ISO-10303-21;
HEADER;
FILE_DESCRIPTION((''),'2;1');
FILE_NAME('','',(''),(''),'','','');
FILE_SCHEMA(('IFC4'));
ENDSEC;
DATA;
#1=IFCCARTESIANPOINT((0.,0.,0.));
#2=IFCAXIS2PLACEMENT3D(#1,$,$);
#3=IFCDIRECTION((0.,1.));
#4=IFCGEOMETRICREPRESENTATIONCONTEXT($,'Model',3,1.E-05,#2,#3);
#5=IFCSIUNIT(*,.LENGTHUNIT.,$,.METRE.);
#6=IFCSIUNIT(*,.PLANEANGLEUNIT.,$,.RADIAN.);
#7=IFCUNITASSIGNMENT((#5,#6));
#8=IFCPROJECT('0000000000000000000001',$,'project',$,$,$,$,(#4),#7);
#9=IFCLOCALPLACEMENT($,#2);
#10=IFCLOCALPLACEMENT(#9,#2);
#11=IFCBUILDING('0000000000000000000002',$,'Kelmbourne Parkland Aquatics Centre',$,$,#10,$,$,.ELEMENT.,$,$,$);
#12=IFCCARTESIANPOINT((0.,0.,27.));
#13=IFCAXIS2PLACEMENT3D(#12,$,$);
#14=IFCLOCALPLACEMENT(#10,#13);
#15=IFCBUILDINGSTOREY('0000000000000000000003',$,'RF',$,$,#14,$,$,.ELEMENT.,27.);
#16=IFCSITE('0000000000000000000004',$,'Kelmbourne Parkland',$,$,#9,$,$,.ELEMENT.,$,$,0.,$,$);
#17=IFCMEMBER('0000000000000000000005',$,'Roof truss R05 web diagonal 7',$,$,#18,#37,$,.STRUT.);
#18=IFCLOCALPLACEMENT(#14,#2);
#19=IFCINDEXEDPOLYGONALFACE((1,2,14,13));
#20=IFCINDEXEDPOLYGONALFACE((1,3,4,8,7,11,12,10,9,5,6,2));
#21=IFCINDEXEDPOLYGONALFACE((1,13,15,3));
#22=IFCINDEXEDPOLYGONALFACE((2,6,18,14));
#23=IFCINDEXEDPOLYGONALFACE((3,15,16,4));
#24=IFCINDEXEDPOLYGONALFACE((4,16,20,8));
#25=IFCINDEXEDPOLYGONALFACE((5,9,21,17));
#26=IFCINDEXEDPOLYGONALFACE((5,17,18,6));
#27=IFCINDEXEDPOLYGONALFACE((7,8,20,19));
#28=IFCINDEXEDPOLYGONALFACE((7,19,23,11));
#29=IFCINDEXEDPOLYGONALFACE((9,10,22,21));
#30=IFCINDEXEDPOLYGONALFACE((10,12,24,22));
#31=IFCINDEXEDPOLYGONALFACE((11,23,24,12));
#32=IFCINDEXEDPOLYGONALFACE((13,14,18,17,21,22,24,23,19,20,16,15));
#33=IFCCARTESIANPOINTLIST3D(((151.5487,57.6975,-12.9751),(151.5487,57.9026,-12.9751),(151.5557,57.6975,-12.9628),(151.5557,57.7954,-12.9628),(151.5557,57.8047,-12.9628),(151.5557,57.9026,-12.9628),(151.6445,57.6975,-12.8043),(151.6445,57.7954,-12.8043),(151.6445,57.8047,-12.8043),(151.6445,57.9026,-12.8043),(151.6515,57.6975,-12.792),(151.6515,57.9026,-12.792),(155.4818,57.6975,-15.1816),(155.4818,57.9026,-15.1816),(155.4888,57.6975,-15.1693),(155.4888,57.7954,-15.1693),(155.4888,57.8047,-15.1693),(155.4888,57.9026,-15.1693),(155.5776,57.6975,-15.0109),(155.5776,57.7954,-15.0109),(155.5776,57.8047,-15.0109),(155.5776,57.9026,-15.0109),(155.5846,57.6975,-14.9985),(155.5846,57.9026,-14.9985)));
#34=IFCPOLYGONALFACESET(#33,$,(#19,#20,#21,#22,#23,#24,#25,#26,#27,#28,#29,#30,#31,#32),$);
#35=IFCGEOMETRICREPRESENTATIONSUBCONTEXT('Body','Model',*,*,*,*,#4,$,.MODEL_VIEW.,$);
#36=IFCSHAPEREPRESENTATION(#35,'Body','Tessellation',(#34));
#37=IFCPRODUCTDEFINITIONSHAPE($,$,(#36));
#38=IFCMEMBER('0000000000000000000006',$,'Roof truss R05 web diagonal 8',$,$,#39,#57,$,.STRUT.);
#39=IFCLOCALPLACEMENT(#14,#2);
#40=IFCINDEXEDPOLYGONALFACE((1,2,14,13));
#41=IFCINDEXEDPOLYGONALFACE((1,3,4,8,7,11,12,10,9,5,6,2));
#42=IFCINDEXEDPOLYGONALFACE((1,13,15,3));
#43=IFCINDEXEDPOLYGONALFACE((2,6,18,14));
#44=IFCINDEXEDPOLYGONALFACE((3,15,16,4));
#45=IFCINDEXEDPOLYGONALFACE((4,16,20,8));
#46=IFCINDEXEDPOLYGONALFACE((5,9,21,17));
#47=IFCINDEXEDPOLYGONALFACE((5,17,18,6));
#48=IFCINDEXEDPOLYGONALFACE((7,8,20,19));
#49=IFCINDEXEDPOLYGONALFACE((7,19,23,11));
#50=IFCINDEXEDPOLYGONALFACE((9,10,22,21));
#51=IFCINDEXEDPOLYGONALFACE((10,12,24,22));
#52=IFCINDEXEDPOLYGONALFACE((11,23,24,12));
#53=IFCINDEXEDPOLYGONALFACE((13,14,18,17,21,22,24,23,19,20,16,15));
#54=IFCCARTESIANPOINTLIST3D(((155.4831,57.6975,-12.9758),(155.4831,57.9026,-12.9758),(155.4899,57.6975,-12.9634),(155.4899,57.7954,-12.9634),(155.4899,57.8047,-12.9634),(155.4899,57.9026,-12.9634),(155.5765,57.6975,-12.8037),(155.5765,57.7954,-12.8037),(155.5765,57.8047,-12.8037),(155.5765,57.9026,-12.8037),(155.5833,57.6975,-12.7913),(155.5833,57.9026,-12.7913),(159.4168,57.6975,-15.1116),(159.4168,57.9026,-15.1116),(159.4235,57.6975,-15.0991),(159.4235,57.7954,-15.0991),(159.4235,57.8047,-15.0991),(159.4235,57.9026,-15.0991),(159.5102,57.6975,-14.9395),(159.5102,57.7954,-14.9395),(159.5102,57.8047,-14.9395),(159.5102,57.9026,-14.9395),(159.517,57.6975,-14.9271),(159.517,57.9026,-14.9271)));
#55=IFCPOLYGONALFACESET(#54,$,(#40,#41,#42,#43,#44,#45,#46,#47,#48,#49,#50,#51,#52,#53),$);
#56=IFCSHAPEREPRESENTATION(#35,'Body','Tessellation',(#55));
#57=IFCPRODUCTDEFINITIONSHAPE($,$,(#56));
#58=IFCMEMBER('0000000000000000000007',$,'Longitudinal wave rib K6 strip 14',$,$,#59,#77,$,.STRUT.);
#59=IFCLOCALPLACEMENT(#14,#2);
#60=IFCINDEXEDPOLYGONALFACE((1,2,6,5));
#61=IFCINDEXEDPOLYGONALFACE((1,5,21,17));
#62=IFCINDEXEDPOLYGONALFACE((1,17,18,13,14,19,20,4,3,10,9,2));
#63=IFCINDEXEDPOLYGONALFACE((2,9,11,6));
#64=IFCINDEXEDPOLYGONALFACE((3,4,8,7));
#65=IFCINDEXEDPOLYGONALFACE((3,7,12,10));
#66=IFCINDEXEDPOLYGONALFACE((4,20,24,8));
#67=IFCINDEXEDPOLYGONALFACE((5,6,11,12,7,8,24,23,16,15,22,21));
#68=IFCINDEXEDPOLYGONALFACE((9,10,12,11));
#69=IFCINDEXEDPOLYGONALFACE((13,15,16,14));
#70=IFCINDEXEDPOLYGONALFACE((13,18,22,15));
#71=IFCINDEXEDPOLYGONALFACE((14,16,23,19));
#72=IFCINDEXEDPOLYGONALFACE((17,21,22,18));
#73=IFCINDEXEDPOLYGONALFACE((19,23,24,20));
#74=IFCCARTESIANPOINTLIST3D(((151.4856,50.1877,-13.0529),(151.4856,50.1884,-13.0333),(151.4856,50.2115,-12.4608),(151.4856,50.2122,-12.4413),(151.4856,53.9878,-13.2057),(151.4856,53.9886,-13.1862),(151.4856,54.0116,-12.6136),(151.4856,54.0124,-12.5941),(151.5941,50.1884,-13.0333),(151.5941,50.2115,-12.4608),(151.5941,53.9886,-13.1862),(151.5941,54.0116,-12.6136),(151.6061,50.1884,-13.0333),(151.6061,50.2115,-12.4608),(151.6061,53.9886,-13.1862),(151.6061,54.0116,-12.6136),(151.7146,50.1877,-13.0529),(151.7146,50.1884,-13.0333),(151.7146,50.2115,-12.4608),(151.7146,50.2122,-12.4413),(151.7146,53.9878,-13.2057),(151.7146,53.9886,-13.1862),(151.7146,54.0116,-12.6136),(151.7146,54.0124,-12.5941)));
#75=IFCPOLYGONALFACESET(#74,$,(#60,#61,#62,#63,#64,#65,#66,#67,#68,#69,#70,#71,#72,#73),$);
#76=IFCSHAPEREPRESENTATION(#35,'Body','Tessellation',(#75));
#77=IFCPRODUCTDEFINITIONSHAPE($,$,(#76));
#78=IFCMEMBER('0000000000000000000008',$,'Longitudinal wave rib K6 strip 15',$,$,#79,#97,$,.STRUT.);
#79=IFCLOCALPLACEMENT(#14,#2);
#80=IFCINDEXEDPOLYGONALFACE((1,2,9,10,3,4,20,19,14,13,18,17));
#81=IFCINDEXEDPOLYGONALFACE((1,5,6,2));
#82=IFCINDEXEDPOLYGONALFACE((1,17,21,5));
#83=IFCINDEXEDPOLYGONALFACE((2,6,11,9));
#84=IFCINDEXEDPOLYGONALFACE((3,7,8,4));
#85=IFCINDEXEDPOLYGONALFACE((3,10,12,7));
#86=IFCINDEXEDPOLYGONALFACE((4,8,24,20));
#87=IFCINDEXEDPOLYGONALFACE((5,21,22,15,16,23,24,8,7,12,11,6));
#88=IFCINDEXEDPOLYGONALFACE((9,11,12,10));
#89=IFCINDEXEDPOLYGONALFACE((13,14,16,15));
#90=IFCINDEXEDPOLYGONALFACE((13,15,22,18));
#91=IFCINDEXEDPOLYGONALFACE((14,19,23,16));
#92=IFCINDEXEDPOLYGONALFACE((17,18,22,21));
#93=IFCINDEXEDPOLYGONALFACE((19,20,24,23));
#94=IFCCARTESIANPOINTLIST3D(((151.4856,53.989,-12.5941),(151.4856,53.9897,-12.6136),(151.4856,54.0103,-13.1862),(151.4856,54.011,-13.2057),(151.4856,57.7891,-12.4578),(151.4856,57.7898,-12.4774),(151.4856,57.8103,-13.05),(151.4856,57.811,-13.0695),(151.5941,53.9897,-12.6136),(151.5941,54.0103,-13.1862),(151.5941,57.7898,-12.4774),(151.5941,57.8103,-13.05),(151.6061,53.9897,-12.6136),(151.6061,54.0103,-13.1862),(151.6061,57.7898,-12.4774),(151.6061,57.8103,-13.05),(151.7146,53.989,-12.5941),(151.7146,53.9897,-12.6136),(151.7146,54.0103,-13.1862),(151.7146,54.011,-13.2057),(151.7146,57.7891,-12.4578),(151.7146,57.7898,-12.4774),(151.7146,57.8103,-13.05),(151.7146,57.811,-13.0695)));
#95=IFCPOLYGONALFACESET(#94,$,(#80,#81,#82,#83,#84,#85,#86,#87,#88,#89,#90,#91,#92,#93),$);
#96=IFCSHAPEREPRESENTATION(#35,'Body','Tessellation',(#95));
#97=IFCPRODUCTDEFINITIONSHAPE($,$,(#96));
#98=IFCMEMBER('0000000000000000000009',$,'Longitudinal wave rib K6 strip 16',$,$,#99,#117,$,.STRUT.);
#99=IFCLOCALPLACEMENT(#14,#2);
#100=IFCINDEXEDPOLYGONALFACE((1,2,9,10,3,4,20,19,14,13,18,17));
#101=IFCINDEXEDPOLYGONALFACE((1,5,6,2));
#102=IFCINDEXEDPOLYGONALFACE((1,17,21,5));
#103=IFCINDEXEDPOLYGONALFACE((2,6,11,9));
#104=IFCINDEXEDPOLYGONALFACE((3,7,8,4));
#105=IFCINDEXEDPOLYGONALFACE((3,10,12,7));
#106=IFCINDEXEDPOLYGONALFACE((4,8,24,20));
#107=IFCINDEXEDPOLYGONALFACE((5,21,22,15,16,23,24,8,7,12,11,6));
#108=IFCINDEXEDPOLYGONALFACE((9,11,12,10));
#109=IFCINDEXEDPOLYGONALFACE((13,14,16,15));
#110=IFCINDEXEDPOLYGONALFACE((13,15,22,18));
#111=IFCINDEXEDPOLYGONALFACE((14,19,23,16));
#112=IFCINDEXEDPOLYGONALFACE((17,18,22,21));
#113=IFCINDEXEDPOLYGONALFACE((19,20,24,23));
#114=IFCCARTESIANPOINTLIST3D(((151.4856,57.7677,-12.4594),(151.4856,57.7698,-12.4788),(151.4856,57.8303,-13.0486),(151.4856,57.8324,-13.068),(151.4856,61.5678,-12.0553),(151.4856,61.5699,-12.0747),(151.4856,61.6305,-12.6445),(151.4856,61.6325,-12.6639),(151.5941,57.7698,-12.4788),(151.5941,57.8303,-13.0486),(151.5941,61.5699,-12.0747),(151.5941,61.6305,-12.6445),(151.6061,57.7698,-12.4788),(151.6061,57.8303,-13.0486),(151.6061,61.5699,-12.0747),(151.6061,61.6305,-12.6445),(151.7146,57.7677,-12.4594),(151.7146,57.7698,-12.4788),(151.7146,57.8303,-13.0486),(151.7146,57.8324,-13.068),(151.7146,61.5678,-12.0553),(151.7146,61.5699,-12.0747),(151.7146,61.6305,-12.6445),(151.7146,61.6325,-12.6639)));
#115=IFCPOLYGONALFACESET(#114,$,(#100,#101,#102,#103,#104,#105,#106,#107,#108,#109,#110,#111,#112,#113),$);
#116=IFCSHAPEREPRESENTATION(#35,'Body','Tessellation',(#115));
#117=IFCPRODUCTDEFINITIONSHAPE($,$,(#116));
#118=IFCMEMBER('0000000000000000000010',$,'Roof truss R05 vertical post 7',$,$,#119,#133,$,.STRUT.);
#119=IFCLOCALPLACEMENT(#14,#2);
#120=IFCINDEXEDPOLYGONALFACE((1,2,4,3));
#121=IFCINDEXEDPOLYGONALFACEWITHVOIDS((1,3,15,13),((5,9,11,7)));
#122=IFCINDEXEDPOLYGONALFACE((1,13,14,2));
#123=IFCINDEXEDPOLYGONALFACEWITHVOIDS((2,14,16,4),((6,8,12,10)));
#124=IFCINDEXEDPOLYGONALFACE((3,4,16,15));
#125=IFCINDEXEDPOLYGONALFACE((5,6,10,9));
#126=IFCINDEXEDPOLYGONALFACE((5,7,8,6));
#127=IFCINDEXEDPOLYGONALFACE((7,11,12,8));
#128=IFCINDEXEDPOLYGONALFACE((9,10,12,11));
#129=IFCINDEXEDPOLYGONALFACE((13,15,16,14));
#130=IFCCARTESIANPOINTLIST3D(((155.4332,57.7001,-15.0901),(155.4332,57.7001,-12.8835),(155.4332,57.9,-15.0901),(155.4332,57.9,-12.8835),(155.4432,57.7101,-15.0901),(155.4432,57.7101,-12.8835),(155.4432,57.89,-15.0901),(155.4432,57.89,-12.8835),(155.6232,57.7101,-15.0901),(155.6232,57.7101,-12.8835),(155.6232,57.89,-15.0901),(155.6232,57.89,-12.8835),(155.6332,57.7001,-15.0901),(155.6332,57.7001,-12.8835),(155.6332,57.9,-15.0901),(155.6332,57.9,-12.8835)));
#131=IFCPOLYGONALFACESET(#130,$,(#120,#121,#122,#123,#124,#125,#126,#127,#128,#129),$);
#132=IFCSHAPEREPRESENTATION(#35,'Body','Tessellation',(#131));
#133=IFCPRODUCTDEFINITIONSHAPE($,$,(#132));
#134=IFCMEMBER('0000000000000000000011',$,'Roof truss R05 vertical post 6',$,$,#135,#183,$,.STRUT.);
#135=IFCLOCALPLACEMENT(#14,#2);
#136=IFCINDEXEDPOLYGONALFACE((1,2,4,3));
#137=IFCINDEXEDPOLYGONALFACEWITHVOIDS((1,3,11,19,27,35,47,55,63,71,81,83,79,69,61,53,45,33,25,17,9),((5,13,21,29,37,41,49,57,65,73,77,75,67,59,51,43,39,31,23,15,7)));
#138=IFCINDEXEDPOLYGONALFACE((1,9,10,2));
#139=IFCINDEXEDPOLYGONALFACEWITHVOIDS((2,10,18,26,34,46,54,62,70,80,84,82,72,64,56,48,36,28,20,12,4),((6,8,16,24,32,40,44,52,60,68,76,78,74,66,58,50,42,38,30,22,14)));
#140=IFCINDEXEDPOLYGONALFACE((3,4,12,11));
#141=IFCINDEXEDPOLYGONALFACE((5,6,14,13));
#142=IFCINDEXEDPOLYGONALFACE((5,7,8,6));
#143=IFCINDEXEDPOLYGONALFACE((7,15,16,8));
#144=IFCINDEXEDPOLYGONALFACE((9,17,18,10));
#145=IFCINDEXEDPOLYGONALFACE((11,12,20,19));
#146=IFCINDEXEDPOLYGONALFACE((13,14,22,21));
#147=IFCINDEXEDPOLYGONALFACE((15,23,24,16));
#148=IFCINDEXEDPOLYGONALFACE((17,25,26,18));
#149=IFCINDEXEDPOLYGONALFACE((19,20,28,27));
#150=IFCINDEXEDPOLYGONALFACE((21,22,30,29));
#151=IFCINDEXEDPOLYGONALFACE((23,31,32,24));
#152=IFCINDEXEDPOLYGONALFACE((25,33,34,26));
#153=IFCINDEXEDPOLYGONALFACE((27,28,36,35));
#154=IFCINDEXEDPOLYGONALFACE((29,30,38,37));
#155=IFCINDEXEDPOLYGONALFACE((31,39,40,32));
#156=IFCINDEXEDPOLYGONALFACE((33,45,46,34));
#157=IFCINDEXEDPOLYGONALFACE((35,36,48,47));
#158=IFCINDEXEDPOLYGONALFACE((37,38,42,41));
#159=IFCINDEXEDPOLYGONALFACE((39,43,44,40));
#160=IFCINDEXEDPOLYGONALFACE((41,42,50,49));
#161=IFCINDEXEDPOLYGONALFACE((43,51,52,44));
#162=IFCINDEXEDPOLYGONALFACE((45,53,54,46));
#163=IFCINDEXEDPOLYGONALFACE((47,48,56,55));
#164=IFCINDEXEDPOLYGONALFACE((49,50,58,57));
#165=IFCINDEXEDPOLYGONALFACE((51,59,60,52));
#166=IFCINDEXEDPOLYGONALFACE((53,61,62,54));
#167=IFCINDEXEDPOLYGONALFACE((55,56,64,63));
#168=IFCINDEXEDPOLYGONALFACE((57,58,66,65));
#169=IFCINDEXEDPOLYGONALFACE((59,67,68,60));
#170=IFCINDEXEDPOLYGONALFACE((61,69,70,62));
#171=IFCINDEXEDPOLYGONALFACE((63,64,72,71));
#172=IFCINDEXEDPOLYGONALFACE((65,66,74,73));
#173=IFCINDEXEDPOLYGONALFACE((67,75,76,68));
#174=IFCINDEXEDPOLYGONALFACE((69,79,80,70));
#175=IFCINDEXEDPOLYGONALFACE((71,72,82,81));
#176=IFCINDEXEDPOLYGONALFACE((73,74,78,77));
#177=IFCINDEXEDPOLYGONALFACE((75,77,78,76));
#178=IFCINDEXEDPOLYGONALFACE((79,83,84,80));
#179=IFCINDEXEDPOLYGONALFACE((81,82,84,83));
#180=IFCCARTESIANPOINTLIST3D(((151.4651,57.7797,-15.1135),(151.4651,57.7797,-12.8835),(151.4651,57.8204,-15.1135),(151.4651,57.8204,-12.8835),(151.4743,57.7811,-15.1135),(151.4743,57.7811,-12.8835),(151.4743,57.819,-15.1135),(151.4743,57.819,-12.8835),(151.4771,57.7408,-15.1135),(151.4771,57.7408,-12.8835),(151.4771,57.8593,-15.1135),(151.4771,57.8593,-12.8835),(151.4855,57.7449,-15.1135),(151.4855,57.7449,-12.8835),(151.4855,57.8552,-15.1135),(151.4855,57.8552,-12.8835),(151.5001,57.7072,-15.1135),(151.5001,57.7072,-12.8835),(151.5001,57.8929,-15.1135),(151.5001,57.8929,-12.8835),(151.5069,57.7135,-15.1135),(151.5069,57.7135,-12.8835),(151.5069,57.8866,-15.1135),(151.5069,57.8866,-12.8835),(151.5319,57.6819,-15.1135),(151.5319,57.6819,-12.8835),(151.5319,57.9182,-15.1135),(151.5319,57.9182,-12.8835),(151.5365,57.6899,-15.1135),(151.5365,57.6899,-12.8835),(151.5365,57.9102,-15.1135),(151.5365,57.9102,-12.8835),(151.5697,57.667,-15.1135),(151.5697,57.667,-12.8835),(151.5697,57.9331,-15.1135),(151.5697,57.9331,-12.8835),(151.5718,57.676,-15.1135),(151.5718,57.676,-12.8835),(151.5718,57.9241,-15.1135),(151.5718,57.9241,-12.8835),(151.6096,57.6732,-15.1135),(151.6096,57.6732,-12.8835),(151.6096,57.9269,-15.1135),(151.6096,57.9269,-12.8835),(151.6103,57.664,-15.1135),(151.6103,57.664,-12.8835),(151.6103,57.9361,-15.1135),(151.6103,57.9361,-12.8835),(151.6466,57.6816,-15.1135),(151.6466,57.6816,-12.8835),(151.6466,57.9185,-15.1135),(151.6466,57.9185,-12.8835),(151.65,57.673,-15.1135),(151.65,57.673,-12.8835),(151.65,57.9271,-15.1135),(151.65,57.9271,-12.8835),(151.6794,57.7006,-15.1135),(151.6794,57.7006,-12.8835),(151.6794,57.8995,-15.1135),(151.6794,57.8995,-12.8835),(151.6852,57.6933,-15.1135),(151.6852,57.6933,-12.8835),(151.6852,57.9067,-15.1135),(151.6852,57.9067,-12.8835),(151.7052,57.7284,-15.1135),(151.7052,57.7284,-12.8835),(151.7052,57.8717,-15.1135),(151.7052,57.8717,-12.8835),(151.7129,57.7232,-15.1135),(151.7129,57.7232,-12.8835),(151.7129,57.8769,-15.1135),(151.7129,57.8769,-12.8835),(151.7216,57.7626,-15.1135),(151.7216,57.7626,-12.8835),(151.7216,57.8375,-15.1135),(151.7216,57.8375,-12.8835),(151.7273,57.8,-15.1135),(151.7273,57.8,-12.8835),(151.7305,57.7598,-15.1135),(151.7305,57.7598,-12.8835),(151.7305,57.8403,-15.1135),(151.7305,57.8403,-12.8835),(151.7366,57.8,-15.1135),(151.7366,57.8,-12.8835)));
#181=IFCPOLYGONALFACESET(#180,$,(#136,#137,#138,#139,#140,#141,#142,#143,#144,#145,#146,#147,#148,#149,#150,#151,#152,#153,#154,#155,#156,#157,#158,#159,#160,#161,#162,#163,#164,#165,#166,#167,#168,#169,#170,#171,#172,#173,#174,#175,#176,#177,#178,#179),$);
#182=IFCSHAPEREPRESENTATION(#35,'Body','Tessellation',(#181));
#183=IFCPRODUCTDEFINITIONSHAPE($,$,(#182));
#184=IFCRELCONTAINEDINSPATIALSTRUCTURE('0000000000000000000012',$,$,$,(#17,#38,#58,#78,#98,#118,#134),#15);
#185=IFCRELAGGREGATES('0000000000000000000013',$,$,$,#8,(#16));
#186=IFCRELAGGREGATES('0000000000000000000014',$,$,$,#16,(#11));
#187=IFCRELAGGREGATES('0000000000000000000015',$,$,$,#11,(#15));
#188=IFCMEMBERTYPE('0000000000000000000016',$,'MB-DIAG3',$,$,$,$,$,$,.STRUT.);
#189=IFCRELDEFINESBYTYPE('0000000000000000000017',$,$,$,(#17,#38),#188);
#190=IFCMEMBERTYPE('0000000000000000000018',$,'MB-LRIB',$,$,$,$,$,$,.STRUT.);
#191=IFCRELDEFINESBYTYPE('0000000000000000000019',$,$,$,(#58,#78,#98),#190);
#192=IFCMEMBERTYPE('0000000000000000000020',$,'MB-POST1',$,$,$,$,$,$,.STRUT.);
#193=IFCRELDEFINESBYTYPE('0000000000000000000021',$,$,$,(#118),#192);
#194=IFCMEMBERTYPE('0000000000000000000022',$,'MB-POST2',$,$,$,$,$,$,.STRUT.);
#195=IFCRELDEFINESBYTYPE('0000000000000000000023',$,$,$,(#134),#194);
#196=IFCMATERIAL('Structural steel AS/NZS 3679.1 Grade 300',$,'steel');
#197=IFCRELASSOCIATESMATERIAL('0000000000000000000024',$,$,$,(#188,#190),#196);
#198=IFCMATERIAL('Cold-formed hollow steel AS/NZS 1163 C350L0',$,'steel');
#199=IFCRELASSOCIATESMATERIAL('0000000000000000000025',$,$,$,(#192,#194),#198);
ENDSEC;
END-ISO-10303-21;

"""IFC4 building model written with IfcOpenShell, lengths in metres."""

from ifc_helpers import new_model, si_unit, direction, frame, origin, origin_2d, place, context, subcontext, project, spatial, hollow_rectangle, hollow_circle, i_section, extrude, material, material_profile, profile_set, type_object, element, save


model = new_model("IFC4")

# Units and contexts
model_context = context("Model", 3, precision=1e-05, world=origin(), true_north=direction((0.0, 1.0)))
body_context = subcontext(model_context, "Body", "Model", "MODEL_VIEW")
ifc_project = project(units=[si_unit("LENGTHUNIT", "METRE"), si_unit("PLANEANGLEUNIT", "RADIAN")], contexts=[model_context])

# Site, building, storey
site_placement = place(None, origin())
site = spatial("IfcSite", under=ifc_project, at=site_placement, Name="Kelmbourne Parkland", CompositionType="ELEMENT", RefElevation=0.0)
building_placement = place(site_placement, origin())
building = spatial("IfcBuilding", under=site, at=building_placement, Name="Kelmbourne Parkland Aquatics Centre", CompositionType="ELEMENT")
storey_placement = place(building_placement, frame((0.0, 0.0, 27.0)))
storey = spatial("IfcBuildingStorey", under=building, at=storey_placement, Name="RF", CompositionType="ELEMENT", Elevation=27.0)

# Members
ifc_material_1 = material(Name="Structural steel AS/NZS 3679.1 Grade 300", Category="steel")
ifc_material_profile_1 = material_profile(ifc_material_1, i_section(OverallWidth=0.2051, OverallDepth=0.21, WebThickness=0.0093, FlangeThickness=0.0142, at=origin_2d()), Name="200UC59.5")
ifc_profile_set_1 = profile_set([ifc_material_profile_1], Name="Structural steel AS/NZS 3679.1 Grade 300")
member_type_1 = type_object("IfcMemberType", Name="MB-DIAG3", PredefinedType="STRUT", material=ifc_profile_set_1)
member_1_placement = place(storey_placement, frame((151.6001, 57.8, -12.8835), z_axis=(0.872127, 0.0, -0.489279), x_axis=(0.0, 1.0, 0.0)))
element("IfcMember", 1, at=member_1_placement, inside=storey, type_object=member_type_1, Name="Roof truss R05 web diagonal 7", PredefinedType="STRUT", context=body_context, shape_type="SweptSolid", body=[
    extrude(i_section(OverallWidth=0.2051, OverallDepth=0.21, WebThickness=0.0093, FlangeThickness=0.0142, at=origin_2d()), origin(), (0.0, 0.0, 1.0), 4.5098),
])
member_2_placement = place(storey_placement, frame((155.5332, 57.8, -12.8835), z_axis=(0.878819, 0.0, -0.477154), x_axis=(0.0, 1.0, 0.0)))
element("IfcMember", 2, at=member_2_placement, inside=storey, type_object=member_type_1, Name="Roof truss R05 web diagonal 8", PredefinedType="STRUT", context=body_context, shape_type="SweptSolid", body=[
    extrude(i_section(OverallWidth=0.2051, OverallDepth=0.21, WebThickness=0.0093, FlangeThickness=0.0142, at=origin_2d()), origin(), (0.0, 0.0, 1.0), 4.4761),
])
ifc_material_profile_2 = material_profile(ifc_material_1, i_section(OverallWidth=0.229, OverallDepth=0.6121, WebThickness=0.012, FlangeThickness=0.0195, at=origin_2d()), Name="610UB125")
ifc_profile_set_2 = profile_set([ifc_material_profile_2], Name="Structural steel AS/NZS 3679.1 Grade 300")
member_type_2 = type_object("IfcMemberType", Name="MB-LRIB", PredefinedType="STRUT", material=ifc_profile_set_2)
member_3_placement = place(storey_placement, frame((151.6001, 50.2, -12.7471), z_axis=(0.0, 0.999192, -0.040186), x_axis=(-1.0, 0.0, 0.0)))
element("IfcMember", 3, at=member_3_placement, inside=storey, type_object=member_type_2, Name="Longitudinal wave rib K6 strip 14", PredefinedType="STRUT", context=body_context, shape_type="SweptSolid", body=[
    extrude(i_section(OverallWidth=0.229, OverallDepth=0.6121, WebThickness=0.012, FlangeThickness=0.0195, at=origin_2d()), origin(), (0.0, 0.0, 1.0), 3.8032),
])
member_4_placement = place(storey_placement, frame((151.6001, 54.0, -12.8999), z_axis=(0.0, 0.999358, 0.035827), x_axis=(-1.0, 0.0, 0.0)))
element("IfcMember", 4, at=member_4_placement, inside=storey, type_object=member_type_2, Name="Longitudinal wave rib K6 strip 15", PredefinedType="STRUT", context=body_context, shape_type="SweptSolid", body=[
    extrude(i_section(OverallWidth=0.229, OverallDepth=0.6121, WebThickness=0.012, FlangeThickness=0.0195, at=origin_2d()), origin(), (0.0, 0.0, 1.0), 3.8025),
])
member_5_placement = place(storey_placement, frame((151.6001, 57.8, -12.7637), z_axis=(0.0, 0.994395, 0.105732), x_axis=(-1.0, 0.0, 0.0)))
element("IfcMember", 5, at=member_5_placement, inside=storey, type_object=member_type_2, Name="Longitudinal wave rib K6 strip 16", PredefinedType="STRUT", context=body_context, shape_type="SweptSolid", body=[
    extrude(i_section(OverallWidth=0.229, OverallDepth=0.6121, WebThickness=0.012, FlangeThickness=0.0195, at=origin_2d()), origin(), (0.0, 0.0, 1.0), 3.8215),
])
ifc_material_2 = material(Name="Cold-formed hollow steel AS/NZS 1163 C350L0", Category="steel")
ifc_material_profile_3 = material_profile(ifc_material_2, hollow_rectangle(XDim=0.2, YDim=0.2, WallThickness=0.01, at=origin_2d()), Name="SHS 200x200x10.0")
ifc_profile_set_3 = profile_set([ifc_material_profile_3], Name="Cold-formed hollow steel AS/NZS 1163 C350L0")
member_type_3 = type_object("IfcMemberType", Name="MB-POST1", PredefinedType="STRUT", material=ifc_profile_set_3)
member_6_placement = place(storey_placement, frame((155.5332, 57.8, -15.0901), z_axis=(0.0, 0.0, 1.0), x_axis=(1.0, 0.0, 0.0)))
element("IfcMember", 6, at=member_6_placement, inside=storey, type_object=member_type_3, Name="Roof truss R05 vertical post 7", PredefinedType="STRUT", context=body_context, shape_type="SweptSolid", body=[
    extrude(hollow_rectangle(XDim=0.2, YDim=0.2, WallThickness=0.01, at=origin_2d()), origin(), (0.0, 0.0, 1.0), 2.2065),
])
ifc_material_profile_4 = material_profile(ifc_material_2, hollow_circle(Radius=0.1365, WallThickness=0.0093, at=origin_2d()), Name="CHS 273.1x9.3")
ifc_profile_set_4 = profile_set([ifc_material_profile_4], Name="Cold-formed hollow steel AS/NZS 1163 C350L0")
member_type_4 = type_object("IfcMemberType", Name="MB-POST2", PredefinedType="STRUT", material=ifc_profile_set_4)
member_7_placement = place(storey_placement, frame((151.6001, 57.8, -15.1135), z_axis=(0.0, 0.0, 1.0), x_axis=(1.0, 0.0, 0.0)))
element("IfcMember", 7, at=member_7_placement, inside=storey, type_object=member_type_4, Name="Roof truss R05 vertical post 6", PredefinedType="STRUT", context=body_context, shape_type="SweptSolid", body=[
    extrude(hollow_circle(Radius=0.1365, WallThickness=0.0093, at=origin_2d()), origin(), (0.0, 0.0, 1.0), 2.23),
])

save(model, "model.ifc")
